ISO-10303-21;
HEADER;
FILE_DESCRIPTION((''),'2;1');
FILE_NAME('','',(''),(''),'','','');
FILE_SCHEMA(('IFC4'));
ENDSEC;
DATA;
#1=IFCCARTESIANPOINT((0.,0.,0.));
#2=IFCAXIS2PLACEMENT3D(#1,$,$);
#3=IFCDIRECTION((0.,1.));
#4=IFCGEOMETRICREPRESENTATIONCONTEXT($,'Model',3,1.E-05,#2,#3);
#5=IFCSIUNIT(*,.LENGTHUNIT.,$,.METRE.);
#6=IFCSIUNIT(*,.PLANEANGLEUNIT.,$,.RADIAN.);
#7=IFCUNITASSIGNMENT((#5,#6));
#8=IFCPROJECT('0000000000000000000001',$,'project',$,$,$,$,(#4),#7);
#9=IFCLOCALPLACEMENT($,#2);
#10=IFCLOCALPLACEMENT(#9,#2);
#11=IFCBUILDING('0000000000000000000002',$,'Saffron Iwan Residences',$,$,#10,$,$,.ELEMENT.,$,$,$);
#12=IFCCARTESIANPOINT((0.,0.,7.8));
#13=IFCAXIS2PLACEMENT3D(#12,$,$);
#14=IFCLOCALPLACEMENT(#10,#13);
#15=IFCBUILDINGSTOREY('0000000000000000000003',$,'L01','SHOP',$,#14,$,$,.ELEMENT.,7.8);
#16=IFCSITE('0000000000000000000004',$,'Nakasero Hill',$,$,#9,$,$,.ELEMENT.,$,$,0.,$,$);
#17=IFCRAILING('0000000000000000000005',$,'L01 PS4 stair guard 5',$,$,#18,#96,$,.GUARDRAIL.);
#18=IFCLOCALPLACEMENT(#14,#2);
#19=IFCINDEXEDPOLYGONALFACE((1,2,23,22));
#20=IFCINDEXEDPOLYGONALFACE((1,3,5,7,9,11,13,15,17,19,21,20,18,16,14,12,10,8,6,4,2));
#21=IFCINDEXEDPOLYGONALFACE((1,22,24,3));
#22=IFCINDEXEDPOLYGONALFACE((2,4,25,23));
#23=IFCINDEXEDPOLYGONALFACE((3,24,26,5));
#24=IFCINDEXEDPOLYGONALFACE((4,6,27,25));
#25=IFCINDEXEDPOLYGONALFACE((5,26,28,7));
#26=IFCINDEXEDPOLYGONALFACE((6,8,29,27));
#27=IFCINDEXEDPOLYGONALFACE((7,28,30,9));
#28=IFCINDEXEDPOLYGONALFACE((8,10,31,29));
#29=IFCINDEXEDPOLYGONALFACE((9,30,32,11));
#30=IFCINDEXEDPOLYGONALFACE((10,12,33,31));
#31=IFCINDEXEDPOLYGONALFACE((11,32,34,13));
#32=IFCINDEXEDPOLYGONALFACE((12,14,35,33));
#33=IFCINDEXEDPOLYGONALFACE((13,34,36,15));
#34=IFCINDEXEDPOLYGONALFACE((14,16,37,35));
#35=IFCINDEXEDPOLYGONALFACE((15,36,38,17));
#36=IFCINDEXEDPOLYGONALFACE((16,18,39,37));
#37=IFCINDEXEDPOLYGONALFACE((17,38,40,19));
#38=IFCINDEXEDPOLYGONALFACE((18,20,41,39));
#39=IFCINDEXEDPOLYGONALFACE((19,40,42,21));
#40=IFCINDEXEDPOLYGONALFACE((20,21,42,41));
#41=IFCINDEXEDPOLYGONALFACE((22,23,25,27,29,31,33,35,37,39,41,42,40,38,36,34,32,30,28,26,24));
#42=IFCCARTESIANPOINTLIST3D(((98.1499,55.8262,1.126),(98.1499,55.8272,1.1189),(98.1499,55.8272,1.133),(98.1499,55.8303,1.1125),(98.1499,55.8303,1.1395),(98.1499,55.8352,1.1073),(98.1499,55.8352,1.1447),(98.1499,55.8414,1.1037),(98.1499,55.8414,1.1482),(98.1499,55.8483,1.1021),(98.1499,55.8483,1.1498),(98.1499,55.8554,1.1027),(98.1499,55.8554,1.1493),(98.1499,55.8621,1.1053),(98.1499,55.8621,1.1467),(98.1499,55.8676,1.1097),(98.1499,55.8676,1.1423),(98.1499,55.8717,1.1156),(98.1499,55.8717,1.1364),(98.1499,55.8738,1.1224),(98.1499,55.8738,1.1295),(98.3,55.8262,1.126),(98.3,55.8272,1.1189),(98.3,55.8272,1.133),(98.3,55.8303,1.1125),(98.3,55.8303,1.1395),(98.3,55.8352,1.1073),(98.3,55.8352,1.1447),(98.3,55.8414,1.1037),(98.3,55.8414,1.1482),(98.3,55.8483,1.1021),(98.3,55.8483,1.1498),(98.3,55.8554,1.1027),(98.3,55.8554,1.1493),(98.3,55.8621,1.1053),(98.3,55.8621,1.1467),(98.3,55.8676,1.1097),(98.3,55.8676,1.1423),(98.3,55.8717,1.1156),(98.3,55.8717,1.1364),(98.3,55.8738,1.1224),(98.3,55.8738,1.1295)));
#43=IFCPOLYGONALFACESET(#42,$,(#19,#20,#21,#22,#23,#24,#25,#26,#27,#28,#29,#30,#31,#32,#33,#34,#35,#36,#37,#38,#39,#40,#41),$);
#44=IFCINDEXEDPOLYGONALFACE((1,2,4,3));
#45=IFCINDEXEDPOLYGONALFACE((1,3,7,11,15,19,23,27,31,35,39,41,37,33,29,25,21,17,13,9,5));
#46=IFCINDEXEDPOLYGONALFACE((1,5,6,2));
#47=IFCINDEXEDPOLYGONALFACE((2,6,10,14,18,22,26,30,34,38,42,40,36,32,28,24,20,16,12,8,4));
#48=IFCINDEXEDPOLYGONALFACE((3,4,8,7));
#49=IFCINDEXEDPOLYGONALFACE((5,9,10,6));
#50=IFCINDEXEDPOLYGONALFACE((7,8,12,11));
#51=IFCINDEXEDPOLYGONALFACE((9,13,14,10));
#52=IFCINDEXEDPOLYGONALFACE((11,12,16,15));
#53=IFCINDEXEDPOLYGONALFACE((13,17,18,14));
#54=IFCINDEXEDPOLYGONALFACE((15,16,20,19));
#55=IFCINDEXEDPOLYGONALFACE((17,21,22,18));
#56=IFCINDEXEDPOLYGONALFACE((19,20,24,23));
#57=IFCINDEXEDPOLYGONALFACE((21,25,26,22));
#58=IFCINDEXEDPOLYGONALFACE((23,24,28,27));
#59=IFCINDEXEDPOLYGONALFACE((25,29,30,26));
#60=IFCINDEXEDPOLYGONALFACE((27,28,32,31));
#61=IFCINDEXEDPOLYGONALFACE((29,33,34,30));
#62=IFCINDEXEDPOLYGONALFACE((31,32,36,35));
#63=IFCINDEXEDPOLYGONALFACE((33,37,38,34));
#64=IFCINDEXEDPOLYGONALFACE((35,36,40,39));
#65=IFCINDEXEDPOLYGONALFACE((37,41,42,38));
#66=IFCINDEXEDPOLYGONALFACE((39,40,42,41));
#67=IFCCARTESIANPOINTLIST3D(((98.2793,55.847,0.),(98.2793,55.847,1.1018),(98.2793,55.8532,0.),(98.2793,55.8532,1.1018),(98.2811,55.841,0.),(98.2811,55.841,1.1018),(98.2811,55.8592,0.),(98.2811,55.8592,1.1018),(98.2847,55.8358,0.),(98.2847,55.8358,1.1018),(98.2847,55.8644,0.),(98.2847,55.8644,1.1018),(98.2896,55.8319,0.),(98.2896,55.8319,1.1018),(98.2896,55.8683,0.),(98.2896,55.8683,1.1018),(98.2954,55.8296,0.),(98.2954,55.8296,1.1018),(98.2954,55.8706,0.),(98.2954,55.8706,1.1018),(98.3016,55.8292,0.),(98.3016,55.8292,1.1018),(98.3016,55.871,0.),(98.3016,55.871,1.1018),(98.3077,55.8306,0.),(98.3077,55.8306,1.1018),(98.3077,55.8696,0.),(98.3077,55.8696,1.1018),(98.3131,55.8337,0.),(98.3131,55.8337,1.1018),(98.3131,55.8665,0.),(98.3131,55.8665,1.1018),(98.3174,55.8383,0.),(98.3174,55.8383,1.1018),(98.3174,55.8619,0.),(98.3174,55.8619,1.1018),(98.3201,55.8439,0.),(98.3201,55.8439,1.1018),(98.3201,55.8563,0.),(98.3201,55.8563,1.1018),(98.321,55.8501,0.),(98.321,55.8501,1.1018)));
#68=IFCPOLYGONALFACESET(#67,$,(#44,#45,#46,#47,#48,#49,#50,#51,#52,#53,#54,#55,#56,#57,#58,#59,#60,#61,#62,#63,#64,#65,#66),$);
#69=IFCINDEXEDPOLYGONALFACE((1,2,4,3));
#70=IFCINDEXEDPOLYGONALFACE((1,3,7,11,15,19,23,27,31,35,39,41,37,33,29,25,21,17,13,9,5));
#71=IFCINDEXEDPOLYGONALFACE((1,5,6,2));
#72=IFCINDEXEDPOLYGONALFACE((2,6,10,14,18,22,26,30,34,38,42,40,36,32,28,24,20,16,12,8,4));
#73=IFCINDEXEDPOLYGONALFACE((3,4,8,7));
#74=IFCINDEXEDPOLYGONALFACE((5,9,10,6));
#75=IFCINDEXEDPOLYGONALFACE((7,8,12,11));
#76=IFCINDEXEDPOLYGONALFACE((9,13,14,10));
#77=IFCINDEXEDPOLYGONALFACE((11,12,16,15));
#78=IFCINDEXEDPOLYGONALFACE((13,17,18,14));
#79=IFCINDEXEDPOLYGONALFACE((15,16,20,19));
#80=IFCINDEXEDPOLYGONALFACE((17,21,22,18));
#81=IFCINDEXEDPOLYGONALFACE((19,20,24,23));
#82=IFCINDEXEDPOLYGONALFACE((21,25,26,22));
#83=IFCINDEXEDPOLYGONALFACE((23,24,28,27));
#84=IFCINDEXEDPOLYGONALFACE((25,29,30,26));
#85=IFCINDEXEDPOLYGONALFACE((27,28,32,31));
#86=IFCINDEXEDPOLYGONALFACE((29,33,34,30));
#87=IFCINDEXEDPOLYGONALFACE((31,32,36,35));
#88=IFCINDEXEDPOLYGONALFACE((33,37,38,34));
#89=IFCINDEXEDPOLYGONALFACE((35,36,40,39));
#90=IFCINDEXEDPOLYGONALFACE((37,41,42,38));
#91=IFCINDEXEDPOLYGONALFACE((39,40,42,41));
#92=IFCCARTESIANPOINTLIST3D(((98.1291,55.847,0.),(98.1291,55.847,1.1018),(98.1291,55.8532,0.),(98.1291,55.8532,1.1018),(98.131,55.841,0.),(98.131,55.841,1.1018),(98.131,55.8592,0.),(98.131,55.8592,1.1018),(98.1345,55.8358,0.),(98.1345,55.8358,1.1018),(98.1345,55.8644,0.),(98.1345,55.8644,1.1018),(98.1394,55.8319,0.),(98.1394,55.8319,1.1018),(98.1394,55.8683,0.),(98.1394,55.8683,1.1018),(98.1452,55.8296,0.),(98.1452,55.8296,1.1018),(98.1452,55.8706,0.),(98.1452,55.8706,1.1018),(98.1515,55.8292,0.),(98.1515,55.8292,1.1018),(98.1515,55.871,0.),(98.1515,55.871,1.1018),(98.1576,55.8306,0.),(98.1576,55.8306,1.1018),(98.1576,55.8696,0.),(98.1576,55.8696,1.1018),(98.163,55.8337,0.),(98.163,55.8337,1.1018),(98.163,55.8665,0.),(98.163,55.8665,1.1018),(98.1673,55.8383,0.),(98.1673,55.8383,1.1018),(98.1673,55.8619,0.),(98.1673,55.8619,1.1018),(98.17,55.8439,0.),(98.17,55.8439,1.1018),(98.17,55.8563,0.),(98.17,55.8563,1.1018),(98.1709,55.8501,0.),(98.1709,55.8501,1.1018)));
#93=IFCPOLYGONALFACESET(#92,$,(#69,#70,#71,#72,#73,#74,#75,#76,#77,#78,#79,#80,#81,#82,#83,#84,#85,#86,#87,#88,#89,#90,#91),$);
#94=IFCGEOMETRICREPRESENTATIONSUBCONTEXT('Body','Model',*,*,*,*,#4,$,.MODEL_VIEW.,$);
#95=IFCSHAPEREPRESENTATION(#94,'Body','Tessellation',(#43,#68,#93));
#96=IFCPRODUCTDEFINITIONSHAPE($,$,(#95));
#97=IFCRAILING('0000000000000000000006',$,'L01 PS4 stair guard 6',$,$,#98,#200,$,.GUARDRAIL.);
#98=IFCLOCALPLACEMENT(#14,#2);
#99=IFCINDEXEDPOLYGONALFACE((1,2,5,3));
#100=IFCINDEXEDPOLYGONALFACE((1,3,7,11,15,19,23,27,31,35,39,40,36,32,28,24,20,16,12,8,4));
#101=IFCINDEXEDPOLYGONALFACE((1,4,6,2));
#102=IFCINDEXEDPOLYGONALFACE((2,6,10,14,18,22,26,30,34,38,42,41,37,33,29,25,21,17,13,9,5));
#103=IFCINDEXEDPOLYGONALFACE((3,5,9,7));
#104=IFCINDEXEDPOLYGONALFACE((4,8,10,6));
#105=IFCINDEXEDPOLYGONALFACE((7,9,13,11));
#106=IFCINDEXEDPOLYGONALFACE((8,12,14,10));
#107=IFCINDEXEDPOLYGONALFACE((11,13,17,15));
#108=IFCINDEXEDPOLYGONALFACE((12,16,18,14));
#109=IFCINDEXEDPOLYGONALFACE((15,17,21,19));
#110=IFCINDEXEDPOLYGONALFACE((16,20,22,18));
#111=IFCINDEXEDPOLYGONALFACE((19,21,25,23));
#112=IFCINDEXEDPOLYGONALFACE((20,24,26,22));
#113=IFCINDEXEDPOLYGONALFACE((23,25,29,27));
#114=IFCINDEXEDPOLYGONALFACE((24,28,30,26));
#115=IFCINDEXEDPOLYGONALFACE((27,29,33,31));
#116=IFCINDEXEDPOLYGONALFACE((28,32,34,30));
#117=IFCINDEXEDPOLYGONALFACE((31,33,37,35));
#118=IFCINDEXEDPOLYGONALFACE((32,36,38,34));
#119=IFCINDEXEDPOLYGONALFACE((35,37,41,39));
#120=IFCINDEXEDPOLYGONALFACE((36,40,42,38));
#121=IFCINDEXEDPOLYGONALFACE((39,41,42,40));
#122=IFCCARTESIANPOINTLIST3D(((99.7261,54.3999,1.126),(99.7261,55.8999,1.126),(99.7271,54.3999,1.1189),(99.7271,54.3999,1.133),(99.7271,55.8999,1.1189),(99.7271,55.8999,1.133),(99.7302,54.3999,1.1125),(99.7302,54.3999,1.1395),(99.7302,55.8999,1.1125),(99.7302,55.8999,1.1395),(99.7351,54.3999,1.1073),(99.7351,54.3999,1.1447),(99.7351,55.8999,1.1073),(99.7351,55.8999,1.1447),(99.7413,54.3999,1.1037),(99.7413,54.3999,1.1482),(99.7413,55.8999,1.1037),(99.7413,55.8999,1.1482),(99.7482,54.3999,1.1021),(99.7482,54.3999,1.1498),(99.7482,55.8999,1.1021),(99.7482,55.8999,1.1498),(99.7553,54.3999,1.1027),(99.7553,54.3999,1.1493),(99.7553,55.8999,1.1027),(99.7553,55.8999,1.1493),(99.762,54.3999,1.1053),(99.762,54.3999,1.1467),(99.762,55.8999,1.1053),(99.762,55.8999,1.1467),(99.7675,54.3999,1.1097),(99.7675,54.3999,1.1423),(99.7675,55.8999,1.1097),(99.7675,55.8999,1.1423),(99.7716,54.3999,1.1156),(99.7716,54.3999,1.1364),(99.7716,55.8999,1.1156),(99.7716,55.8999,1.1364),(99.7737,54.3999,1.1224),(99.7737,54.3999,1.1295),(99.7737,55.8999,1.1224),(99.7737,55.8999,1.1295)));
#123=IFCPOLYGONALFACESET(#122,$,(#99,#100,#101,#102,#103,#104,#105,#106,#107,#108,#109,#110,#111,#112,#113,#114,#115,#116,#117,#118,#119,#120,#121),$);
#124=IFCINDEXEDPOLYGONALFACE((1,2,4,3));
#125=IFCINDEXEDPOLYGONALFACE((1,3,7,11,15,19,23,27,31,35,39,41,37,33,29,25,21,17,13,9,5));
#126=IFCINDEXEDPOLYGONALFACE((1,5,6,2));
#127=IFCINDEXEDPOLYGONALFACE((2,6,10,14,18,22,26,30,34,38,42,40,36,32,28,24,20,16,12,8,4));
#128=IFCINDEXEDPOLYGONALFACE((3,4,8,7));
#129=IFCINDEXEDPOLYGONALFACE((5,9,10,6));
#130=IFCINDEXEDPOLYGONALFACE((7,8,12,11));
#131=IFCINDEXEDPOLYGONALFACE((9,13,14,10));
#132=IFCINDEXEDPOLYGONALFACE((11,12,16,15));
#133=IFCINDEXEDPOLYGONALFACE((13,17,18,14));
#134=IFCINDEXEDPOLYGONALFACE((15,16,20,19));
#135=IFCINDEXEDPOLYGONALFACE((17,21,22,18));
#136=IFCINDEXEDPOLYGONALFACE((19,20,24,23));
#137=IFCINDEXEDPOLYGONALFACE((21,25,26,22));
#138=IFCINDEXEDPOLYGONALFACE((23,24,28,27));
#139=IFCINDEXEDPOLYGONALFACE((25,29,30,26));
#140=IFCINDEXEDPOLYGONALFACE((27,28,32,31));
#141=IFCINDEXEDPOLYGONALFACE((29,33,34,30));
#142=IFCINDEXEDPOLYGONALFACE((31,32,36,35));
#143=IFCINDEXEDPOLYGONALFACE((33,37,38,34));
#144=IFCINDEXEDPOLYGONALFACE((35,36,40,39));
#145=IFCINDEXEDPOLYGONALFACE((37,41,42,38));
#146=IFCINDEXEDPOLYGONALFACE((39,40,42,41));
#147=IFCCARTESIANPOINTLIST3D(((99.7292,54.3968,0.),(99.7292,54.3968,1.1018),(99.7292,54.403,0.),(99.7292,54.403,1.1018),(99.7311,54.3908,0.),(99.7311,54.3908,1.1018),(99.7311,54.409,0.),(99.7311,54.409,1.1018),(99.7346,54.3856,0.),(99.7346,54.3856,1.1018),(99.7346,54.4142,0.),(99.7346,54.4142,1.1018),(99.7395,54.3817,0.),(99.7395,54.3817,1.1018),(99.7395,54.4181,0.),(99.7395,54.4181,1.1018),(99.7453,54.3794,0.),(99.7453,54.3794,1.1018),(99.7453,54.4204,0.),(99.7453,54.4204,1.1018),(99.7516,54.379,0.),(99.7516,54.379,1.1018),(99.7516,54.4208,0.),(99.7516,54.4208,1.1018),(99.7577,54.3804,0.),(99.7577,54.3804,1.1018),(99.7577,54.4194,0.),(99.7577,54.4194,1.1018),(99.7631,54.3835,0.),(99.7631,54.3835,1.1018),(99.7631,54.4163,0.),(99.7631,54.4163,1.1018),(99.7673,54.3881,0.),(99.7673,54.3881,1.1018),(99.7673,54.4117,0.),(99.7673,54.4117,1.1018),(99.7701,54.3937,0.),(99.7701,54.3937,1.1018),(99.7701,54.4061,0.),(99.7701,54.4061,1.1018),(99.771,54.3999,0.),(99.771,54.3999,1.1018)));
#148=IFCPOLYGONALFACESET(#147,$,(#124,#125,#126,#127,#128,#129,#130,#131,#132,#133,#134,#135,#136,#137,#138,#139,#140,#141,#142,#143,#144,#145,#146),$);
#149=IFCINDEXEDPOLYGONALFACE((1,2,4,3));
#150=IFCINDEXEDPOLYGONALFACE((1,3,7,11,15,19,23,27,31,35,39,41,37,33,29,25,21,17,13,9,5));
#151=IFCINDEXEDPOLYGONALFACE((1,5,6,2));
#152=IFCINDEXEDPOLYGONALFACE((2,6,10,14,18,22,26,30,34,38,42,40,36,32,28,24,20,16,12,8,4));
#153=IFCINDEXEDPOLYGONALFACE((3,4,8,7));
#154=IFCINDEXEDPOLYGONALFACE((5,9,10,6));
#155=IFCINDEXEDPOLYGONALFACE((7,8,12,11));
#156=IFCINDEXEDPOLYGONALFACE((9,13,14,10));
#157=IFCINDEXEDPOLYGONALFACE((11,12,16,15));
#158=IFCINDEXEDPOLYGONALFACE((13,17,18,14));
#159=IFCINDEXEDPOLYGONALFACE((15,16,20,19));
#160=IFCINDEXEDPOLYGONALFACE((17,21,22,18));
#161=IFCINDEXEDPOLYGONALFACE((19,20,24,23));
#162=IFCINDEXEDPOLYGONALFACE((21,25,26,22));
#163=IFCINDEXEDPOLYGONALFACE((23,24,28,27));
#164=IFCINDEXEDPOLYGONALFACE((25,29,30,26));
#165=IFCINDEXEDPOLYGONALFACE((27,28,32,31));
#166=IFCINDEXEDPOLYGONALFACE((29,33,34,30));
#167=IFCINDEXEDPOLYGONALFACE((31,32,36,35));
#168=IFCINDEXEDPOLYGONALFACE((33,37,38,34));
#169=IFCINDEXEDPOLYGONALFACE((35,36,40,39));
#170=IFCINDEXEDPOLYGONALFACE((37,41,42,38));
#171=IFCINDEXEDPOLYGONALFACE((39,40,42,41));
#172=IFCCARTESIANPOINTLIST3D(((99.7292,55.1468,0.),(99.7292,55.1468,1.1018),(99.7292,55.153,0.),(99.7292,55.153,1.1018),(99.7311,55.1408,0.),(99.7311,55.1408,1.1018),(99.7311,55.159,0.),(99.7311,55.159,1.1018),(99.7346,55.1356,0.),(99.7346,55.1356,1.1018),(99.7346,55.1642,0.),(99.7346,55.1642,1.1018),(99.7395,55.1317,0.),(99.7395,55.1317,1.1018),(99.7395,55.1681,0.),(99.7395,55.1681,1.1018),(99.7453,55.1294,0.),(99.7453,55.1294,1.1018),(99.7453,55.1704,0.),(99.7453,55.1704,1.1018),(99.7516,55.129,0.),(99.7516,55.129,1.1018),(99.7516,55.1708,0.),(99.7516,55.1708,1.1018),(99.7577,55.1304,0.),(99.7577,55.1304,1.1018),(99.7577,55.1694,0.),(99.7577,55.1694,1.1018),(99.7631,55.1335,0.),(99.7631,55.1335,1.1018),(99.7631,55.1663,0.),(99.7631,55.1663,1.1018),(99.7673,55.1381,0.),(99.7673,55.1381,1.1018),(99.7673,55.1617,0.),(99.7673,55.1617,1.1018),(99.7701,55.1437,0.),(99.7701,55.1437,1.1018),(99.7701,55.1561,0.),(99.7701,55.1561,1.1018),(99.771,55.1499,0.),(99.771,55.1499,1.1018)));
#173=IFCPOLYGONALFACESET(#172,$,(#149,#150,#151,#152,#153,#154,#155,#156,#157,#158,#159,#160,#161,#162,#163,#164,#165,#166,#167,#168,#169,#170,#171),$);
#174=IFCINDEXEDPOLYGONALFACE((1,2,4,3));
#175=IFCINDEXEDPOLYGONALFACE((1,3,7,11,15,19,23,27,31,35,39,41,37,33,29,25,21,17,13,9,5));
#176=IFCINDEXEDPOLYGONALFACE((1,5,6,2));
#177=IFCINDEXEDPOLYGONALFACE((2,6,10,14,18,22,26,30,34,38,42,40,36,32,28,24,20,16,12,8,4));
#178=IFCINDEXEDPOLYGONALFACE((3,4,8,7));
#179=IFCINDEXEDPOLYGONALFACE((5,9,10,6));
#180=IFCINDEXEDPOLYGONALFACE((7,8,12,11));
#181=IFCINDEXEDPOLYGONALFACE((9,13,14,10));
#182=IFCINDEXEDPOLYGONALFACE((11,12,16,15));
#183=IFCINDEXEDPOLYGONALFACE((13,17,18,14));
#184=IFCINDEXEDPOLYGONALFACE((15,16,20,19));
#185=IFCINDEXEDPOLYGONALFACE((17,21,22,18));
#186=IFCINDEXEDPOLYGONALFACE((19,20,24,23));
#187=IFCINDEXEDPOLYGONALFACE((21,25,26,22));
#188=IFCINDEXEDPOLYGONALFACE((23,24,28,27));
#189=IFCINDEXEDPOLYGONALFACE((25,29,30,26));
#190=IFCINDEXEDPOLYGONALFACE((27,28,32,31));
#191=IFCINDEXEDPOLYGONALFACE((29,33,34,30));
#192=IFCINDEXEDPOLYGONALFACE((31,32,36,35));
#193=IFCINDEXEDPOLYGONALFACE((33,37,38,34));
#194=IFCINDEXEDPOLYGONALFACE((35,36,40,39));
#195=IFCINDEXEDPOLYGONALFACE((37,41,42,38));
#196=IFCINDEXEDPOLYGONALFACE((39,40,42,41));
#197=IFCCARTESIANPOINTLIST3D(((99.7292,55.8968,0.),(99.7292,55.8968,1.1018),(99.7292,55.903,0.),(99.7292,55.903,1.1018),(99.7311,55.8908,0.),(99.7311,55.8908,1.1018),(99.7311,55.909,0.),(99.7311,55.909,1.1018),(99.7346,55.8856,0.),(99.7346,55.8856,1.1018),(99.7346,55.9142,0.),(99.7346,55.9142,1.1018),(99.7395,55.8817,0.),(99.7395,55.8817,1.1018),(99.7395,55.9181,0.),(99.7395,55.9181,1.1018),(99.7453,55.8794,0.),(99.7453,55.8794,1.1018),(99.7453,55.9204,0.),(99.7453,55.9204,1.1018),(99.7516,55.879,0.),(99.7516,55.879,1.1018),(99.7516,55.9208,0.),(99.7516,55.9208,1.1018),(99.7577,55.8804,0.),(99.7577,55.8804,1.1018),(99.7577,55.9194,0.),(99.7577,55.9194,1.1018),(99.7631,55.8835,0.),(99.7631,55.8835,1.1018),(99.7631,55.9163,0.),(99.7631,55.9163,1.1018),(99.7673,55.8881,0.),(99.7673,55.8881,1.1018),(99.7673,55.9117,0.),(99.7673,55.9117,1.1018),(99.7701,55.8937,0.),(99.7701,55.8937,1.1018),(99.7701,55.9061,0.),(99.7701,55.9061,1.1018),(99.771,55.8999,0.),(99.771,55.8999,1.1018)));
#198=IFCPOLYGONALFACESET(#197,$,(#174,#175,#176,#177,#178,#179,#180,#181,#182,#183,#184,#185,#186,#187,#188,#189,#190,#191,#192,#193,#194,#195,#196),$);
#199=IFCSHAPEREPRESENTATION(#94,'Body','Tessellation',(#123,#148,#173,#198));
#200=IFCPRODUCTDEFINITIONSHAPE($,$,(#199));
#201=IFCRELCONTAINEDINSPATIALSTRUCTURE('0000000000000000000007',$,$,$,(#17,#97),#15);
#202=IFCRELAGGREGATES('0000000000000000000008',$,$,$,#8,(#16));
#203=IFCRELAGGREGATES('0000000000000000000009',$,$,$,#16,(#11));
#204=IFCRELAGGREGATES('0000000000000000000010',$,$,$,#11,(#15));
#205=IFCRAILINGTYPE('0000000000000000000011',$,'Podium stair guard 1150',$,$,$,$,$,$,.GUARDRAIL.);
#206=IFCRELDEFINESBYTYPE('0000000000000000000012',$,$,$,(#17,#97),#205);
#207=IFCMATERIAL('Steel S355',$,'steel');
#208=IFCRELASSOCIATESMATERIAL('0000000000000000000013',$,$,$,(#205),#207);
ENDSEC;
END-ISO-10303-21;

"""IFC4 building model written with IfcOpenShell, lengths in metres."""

from ifc_helpers import new_model, si_unit, direction, frame, origin, origin_2d, place, context, subcontext, project, spatial, circle, extrude, material, type_object, element, save


model = new_model("IFC4")

# Units and contexts
model_context = context("Model", 3, precision=1e-05, world=origin(), true_north=direction((0.0, 1.0)))
body_context = subcontext(model_context, "Body", "Model", "MODEL_VIEW")
ifc_project = project(units=[si_unit("LENGTHUNIT", "METRE"), si_unit("PLANEANGLEUNIT", "RADIAN")], contexts=[model_context])

# Site, building, storey
site_placement = place(None, origin())
site = spatial("IfcSite", under=ifc_project, at=site_placement, Name="Nakasero Hill", CompositionType="ELEMENT", RefElevation=0.0)
building_placement = place(site_placement, origin())
building = spatial("IfcBuilding", under=site, at=building_placement, Name="Saffron Iwan Residences", CompositionType="ELEMENT")
storey_placement = place(building_placement, frame((0.0, 0.0, 7.8)))
storey = spatial("IfcBuildingStorey", under=building, at=storey_placement, Name="L01", Description="SHOP", CompositionType="ELEMENT", Elevation=7.8)

# Railings
ifc_material_1 = material(Name="Steel S355", Category="steel")
railing_type_1 = type_object("IfcRailingType", Name="Podium stair guard 1150", PredefinedType="GUARDRAIL", material=ifc_material_1)
railing_1_placement = place(storey_placement, frame((98.3, 55.8501, 0.0)))
element("IfcRailing", 1, at=railing_1_placement, inside=storey, type_object=railing_type_1, Name="L01 PS4 stair guard 5", PredefinedType="GUARDRAIL", context=body_context, shape_type="SweptSolid", body=[
    extrude(circle(Radius=0.0239, at=origin_2d()), frame((0.0, 0.0, 1.126), z_axis=(-1.0, 0.0, 0.0), x_axis=(0.0, -1.0, 0.0)), (0.0, 0.0, 1.0), 0.1501),
    extrude(circle(Radius=0.021, at=origin_2d()), origin(), (0.0, 0.0, 1.0), 1.1018),
    extrude(circle(Radius=0.021, at=origin_2d()), frame((-0.1501, 0.0, 0.0)), (0.0, 0.0, 1.0), 1.1018),
])
railing_2_placement = place(storey_placement, frame((99.75, 54.3999, 0.0)))
element("IfcRailing", 2, at=railing_2_placement, inside=storey, type_object=railing_type_1, Name="L01 PS4 stair guard 6", PredefinedType="GUARDRAIL", context=body_context, shape_type="SweptSolid", body=[
    extrude(circle(Radius=0.0239, at=origin_2d()), frame((0.0, 0.0, 1.126), z_axis=(0.0, 1.0, 0.0), x_axis=(-1.0, 0.0, 0.0)), (0.0, 0.0, 1.0), 1.5),
    extrude(circle(Radius=0.021, at=origin_2d()), origin(), (0.0, 0.0, 1.0), 1.1018),
    extrude(circle(Radius=0.021, at=origin_2d()), frame((0.0, 0.75, 0.0)), (0.0, 0.0, 1.0), 1.1018),
    extrude(circle(Radius=0.021, at=origin_2d()), frame((0.0, 1.5, 0.0)), (0.0, 0.0, 1.0), 1.1018),
])

save(model, "model.ifc")
